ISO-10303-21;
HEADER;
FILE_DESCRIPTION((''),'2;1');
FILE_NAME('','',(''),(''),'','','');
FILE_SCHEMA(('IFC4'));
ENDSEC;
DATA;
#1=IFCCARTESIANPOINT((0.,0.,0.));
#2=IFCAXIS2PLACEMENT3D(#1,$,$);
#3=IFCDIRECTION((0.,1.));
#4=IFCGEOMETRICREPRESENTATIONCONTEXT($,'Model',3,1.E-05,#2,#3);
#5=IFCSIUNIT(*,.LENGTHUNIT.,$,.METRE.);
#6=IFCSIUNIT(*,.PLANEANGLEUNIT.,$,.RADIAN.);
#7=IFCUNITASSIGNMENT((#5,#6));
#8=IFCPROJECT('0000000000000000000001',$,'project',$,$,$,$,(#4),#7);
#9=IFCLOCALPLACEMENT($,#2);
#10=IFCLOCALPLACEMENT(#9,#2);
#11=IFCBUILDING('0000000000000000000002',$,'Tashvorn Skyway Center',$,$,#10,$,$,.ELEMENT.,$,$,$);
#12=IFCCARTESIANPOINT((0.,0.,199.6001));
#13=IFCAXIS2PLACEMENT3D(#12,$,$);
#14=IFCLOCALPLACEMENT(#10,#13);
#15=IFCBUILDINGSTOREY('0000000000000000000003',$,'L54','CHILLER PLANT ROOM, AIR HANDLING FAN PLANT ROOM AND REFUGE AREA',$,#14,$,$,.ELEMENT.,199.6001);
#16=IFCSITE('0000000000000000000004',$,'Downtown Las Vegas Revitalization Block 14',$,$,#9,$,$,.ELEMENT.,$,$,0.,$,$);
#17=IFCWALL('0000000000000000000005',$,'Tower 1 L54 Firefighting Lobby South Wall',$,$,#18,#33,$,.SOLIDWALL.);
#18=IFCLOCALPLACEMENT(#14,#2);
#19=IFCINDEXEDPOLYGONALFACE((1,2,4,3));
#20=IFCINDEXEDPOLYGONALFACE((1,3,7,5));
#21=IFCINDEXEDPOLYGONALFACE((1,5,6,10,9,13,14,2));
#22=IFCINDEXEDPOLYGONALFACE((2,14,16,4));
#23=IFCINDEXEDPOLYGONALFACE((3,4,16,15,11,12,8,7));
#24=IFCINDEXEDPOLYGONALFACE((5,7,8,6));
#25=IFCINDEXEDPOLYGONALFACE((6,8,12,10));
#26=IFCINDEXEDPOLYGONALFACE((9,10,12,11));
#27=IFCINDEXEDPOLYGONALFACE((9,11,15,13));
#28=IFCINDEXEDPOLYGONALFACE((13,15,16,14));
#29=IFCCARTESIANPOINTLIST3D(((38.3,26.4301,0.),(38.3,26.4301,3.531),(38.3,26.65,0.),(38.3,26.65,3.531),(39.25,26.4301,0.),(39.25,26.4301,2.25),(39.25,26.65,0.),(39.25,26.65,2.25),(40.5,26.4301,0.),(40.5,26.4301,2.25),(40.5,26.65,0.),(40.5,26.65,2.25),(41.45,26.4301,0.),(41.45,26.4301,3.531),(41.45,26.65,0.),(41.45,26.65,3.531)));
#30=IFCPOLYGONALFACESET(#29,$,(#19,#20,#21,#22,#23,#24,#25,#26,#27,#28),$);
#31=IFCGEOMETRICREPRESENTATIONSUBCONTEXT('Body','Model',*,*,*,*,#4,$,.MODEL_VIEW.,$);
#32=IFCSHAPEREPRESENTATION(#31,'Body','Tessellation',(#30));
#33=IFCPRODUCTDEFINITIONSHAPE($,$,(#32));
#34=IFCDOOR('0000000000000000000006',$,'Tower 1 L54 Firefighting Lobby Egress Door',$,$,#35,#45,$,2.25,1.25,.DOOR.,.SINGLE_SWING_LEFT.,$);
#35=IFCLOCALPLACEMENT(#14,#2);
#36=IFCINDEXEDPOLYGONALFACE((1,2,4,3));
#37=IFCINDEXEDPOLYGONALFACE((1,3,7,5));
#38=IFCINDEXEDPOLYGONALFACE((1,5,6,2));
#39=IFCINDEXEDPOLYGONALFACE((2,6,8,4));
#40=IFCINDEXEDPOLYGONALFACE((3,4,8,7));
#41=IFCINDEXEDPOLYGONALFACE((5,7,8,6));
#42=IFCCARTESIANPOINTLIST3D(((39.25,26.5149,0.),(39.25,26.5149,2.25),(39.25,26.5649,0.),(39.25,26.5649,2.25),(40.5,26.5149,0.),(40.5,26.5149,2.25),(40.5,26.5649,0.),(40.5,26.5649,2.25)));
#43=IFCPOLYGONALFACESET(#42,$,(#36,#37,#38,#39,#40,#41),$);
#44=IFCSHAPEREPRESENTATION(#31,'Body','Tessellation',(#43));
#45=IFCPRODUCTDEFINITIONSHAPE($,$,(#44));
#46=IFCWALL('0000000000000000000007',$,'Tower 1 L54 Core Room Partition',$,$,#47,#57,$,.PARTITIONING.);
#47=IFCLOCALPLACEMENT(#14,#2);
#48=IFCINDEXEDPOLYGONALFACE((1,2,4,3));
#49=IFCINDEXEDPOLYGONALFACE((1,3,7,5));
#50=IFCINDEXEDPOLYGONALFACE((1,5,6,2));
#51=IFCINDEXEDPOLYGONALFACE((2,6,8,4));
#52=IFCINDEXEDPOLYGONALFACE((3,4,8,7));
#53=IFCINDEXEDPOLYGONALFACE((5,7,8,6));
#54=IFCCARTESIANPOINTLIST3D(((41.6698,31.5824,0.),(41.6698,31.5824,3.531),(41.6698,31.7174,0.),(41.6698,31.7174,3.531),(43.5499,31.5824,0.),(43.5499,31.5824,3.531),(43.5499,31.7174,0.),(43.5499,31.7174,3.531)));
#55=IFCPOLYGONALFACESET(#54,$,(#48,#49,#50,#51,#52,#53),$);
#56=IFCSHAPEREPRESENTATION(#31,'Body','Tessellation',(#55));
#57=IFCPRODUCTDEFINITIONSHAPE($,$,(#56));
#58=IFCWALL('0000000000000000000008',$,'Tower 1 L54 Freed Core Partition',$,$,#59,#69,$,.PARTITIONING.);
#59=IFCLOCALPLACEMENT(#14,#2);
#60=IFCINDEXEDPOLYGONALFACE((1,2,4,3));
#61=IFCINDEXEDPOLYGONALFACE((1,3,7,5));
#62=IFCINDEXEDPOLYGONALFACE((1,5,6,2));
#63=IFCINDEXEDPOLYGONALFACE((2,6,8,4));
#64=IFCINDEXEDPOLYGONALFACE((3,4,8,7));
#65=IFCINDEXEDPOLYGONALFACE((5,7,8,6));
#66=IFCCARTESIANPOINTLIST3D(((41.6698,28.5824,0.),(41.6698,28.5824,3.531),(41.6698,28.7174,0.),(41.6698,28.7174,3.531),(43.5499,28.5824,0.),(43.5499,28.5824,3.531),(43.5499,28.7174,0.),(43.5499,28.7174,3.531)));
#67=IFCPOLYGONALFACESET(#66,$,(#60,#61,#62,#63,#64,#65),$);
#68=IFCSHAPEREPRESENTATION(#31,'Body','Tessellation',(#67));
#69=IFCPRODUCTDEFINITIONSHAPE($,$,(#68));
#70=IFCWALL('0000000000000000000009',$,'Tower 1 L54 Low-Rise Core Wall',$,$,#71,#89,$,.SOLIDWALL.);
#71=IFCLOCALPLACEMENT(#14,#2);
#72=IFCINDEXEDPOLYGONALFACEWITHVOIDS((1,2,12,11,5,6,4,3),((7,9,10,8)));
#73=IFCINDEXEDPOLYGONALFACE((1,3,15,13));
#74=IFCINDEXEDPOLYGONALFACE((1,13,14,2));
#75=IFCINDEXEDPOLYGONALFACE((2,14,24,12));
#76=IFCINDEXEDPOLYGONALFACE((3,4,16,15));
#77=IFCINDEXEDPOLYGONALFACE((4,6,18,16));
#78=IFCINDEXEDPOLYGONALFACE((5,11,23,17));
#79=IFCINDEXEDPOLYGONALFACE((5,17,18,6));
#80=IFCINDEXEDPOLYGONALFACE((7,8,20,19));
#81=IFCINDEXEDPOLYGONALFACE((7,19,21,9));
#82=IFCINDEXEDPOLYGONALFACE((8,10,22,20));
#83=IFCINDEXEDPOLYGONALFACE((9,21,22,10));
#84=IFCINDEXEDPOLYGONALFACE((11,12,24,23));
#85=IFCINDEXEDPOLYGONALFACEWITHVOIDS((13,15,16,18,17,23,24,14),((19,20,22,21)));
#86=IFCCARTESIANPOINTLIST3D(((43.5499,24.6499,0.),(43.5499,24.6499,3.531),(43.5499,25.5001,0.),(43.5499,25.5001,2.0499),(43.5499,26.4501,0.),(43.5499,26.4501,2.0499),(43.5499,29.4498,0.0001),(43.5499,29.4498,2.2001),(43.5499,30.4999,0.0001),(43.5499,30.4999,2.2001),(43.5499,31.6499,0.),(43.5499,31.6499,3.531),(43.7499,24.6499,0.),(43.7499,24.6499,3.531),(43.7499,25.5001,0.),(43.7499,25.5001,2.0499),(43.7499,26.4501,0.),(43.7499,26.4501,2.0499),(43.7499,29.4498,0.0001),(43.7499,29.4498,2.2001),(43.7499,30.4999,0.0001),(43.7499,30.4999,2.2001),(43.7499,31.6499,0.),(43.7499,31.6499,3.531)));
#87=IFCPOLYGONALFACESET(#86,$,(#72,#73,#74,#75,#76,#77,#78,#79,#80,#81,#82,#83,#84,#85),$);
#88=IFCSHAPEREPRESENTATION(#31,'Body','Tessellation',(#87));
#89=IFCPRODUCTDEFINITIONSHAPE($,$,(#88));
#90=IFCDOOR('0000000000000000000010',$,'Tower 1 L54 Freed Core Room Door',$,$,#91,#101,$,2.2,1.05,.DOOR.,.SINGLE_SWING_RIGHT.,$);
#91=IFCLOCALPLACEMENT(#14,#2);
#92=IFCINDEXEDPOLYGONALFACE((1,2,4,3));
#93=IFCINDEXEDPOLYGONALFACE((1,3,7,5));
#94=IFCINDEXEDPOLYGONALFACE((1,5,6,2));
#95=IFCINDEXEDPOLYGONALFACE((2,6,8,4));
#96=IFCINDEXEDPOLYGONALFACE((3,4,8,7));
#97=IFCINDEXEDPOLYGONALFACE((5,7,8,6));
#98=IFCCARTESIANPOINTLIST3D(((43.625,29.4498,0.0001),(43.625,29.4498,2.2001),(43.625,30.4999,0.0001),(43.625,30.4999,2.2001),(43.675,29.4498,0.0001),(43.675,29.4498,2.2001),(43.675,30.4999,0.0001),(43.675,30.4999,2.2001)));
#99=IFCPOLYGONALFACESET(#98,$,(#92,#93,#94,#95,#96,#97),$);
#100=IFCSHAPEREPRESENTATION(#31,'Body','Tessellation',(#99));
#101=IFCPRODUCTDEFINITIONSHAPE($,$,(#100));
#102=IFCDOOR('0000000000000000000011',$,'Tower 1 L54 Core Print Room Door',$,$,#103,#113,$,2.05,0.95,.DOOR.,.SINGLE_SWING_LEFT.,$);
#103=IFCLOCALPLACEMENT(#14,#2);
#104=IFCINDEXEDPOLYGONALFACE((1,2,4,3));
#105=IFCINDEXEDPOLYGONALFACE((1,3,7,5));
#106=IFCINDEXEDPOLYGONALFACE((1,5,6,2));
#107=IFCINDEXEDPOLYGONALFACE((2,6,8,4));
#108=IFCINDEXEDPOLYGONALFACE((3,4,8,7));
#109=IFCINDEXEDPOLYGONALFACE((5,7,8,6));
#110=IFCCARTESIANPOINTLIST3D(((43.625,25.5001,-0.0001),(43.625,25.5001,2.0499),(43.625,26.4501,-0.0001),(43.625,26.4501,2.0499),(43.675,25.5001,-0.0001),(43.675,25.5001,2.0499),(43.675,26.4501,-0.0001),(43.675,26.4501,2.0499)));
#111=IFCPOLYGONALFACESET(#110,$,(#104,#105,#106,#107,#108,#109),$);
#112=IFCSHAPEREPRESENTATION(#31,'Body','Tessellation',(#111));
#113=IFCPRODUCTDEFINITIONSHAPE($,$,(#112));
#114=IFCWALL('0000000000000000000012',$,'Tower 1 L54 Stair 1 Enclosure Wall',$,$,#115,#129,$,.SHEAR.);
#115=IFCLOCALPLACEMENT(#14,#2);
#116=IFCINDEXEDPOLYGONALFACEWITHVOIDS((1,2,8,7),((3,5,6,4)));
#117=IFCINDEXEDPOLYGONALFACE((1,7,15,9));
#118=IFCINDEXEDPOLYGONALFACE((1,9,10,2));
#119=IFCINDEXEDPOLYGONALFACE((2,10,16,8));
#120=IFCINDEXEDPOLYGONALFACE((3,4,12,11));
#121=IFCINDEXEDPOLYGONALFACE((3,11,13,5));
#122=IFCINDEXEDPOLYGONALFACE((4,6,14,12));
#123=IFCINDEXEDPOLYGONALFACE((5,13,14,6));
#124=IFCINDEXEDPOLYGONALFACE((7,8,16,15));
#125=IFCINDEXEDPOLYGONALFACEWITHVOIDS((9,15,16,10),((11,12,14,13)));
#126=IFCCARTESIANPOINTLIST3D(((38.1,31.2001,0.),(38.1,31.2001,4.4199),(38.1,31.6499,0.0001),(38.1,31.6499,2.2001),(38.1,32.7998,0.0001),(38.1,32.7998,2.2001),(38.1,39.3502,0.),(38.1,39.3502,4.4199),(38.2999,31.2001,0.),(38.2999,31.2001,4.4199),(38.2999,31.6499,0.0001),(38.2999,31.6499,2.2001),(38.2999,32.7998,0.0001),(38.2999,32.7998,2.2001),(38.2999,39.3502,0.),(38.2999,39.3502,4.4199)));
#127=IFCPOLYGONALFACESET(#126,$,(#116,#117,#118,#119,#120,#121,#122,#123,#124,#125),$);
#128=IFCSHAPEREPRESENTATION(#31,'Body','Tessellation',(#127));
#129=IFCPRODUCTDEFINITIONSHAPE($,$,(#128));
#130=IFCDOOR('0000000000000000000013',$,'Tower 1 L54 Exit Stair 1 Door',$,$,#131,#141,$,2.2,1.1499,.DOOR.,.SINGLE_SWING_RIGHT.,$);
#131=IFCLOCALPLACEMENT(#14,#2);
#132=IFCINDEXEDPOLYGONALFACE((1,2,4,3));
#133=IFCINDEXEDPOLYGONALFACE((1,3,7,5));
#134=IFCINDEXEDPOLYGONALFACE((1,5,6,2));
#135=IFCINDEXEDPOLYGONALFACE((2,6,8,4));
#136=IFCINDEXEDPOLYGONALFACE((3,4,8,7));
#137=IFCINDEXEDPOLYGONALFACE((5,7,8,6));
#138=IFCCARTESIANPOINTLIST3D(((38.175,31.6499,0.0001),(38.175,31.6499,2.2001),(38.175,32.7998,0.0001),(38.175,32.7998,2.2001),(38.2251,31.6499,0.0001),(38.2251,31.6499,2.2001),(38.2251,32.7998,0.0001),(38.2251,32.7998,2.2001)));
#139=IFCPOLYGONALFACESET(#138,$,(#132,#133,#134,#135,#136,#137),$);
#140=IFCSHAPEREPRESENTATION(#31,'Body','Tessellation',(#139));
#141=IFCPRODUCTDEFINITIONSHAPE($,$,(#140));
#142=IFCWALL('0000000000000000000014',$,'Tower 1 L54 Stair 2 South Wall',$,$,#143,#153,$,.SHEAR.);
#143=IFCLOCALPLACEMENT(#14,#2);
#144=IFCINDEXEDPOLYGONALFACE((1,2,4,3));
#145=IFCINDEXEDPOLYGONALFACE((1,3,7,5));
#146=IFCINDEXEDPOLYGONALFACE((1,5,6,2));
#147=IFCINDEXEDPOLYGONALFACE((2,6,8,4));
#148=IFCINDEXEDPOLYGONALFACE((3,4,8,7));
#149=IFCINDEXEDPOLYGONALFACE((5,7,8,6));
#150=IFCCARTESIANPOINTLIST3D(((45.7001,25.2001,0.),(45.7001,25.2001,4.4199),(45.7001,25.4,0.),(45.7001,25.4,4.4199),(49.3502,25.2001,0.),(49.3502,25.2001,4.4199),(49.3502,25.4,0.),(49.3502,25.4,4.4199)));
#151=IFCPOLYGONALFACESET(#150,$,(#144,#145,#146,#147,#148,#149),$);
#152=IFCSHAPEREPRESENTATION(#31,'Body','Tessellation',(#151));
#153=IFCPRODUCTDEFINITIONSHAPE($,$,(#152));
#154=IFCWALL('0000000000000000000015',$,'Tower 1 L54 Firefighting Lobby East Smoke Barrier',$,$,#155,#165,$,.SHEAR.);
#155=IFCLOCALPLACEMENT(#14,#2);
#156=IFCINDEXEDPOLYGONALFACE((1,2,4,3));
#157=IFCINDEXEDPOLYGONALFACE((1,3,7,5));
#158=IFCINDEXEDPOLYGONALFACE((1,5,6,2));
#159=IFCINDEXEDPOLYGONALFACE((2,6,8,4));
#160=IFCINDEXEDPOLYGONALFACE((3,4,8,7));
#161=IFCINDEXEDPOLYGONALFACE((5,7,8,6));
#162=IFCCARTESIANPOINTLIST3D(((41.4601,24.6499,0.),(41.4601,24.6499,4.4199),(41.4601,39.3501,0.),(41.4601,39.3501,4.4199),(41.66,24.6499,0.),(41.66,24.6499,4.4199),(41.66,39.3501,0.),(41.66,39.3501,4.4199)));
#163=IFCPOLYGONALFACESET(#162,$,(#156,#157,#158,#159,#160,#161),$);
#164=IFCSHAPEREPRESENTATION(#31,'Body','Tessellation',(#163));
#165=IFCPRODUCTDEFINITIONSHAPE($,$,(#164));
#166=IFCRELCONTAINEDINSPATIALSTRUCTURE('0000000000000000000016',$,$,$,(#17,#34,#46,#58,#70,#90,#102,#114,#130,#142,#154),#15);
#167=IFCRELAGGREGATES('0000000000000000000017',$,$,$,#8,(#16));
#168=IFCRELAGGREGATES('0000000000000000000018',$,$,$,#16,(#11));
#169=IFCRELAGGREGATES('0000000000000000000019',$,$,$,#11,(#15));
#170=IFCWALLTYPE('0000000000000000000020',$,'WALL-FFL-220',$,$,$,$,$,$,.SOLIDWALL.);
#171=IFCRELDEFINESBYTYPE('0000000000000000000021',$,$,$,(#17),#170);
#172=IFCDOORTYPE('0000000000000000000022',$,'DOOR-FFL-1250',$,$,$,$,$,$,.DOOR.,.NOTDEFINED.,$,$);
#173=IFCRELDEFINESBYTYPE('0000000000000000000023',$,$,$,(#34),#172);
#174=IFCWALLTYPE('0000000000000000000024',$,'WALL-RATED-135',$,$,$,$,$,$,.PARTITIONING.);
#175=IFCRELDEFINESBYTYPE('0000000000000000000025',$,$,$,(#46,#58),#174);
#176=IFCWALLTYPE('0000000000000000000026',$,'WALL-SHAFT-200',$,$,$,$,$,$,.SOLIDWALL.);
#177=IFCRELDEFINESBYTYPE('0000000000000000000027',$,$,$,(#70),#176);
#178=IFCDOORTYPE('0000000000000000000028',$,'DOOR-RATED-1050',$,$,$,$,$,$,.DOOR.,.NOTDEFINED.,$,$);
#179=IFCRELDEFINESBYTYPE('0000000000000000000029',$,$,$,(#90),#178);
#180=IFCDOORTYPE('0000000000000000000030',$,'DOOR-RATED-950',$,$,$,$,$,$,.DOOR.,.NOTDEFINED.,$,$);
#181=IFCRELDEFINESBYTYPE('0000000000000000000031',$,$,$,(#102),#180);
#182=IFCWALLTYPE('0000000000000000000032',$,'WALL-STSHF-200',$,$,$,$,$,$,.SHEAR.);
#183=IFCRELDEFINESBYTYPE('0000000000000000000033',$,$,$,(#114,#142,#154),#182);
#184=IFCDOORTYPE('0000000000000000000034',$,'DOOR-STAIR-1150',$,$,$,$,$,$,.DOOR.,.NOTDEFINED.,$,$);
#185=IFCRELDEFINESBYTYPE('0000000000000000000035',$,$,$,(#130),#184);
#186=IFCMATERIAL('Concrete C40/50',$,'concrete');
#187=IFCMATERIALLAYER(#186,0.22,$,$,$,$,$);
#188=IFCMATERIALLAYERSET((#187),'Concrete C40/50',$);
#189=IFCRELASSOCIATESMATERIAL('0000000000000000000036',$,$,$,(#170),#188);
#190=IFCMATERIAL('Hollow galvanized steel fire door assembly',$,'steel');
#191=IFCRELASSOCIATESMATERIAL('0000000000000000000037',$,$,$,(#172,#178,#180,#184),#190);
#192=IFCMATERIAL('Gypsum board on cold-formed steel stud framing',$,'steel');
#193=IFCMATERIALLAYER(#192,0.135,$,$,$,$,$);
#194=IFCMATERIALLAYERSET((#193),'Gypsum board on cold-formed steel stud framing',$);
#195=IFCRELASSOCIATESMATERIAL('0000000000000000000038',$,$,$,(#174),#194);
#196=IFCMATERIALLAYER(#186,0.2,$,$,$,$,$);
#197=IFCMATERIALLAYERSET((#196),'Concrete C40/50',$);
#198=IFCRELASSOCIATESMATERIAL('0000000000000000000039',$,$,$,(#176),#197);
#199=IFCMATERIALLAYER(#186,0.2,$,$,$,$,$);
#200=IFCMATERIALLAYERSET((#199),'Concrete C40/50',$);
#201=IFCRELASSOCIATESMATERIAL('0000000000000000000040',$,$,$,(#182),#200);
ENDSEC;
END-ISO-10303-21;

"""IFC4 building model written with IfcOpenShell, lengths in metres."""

from ifc_helpers import new_model, si_unit, direction, frame, frame_2d, origin, place, context, subcontext, project, spatial, rectangle, extrude, material, layer, layer_set, type_object, element, fill, save


model = new_model("IFC4")

# Units and contexts
model_context = context("Model", 3, precision=1e-05, world=origin(), true_north=direction((0.0, 1.0)))
body_context = subcontext(model_context, "Body", "Model", "MODEL_VIEW")
ifc_project = project(units=[si_unit("LENGTHUNIT", "METRE"), si_unit("PLANEANGLEUNIT", "RADIAN")], contexts=[model_context])

# Site, building, storey
site_placement = place(None, origin())
site = spatial("IfcSite", under=ifc_project, at=site_placement, Name="Downtown Las Vegas Revitalization Block 14", CompositionType="ELEMENT", RefElevation=0.0)
building_placement = place(site_placement, origin())
building = spatial("IfcBuilding", under=site, at=building_placement, Name="Tashvorn Skyway Center", CompositionType="ELEMENT")
storey_placement = place(building_placement, frame((0.0, 0.0, 199.6001)))
storey = spatial("IfcBuildingStorey", under=building, at=storey_placement, Name="L54", Description="CHILLER PLANT ROOM, AIR HANDLING FAN PLANT ROOM AND REFUGE AREA", CompositionType="ELEMENT", Elevation=199.6001)

# Wall, opening, door
ifc_material_1 = material(Name="Concrete C40/50", Category="concrete")
ifc_layer_1 = layer(ifc_material_1, 0.22)
ifc_layer_set_1 = layer_set([ifc_layer_1], Name="Concrete C40/50")
wall_type_1 = type_object("IfcWallType", Name="WALL-FFL-220", PredefinedType="SOLIDWALL", material=ifc_layer_set_1)
wall_1_placement = place(storey_placement, frame((38.3, 26.54, 0.0), z_axis=(0.0, 0.0, 1.0), x_axis=(1.0, 0.0, 0.0)))
wall_1 = element("IfcWall", 1, at=wall_1_placement, inside=storey, type_object=wall_type_1, Name="Tower 1 L54 Firefighting Lobby South Wall", PredefinedType="SOLIDWALL", context=body_context, shape_type="SweptSolid", body=[
    extrude(rectangle(XDim=3.1499, YDim=0.22, at=frame_2d((1.575, 0.0))), origin(), (0.0, 0.0, 1.0), 3.531),
])
opening_1_placement = place(wall_1_placement, frame((0.95, 0.0, 0.0)))
opening_1 = element("IfcOpeningElement", 2, at=opening_1_placement, cuts=wall_1, PredefinedType="OPENING", context=body_context, shape_type="SweptSolid", body=[
    extrude(rectangle(XDim=1.25, YDim=2.25, at=frame_2d((0.625, 1.125))), frame((0.0, 0.1199, 0.0), z_axis=(0.0, -1.0, 0.0), x_axis=(1.0, 0.0, 0.0)), (0.0, 0.0, 1.0), 0.24),
])
ifc_material_2 = material(Name="Hollow galvanized steel fire door assembly", Category="steel")
door_type_1 = type_object("IfcDoorType", Name="DOOR-FFL-1250", OperationType="NOTDEFINED", PredefinedType="DOOR", material=ifc_material_2)
door_1_placement = place(opening_1_placement, origin())
door_1 = element("IfcDoor", 3, at=door_1_placement, inside=storey, type_object=door_type_1, Name="Tower 1 L54 Firefighting Lobby Egress Door", OperationType="SINGLE_SWING_LEFT", OverallHeight=2.25, OverallWidth=1.25, PredefinedType="DOOR", context=body_context, shape_type="SweptSolid", body=[
    extrude(rectangle(XDim=1.25, YDim=2.25, at=frame_2d((0.625, 1.125))), frame((0.0, 0.0249, 0.0), z_axis=(0.0, -1.0, 0.0), x_axis=(1.0, 0.0, 0.0)), (0.0, 0.0, 1.0), 0.05),
])
fill(opening_1, door_1)

# Walls
ifc_material_3 = material(Name="Gypsum board on cold-formed steel stud framing", Category="steel")
ifc_layer_2 = layer(ifc_material_3, 0.135)
ifc_layer_set_2 = layer_set([ifc_layer_2], Name="Gypsum board on cold-formed steel stud framing")
wall_type_2 = type_object("IfcWallType", Name="WALL-RATED-135", PredefinedType="PARTITIONING", material=ifc_layer_set_2)
for number, where, z_axis, x_axis, name in (
    (4, (41.6699, 31.6499, 0.0), (0.0, 0.0, 1.0), (1.0, 0.0, 0.0), "Tower 1 L54 Core Room Partition"),
    (5, (41.6699, 28.6499, 0.0), (0.0, 0.0, 1.0), (1.0, 0.0, 0.0), "Tower 1 L54 Freed Core Partition"),
):
    element("IfcWall", number, at=place(storey_placement, frame(where, z_axis=z_axis, x_axis=x_axis)), inside=storey, type_object=wall_type_2, Name=name, PredefinedType="PARTITIONING", context=body_context, shape_type="SweptSolid", body=[
        extrude(rectangle(XDim=1.8801, YDim=0.135, at=frame_2d((0.9399, 0.0))), origin(), (0.0, 0.0, 1.0), 3.531),
    ])

# Wall, openings, doors
ifc_layer_3 = layer(ifc_material_1, 0.2)
ifc_layer_set_3 = layer_set([ifc_layer_3], Name="Concrete C40/50")
wall_type_3 = type_object("IfcWallType", Name="WALL-SHAFT-200", PredefinedType="SOLIDWALL", material=ifc_layer_set_3)
wall_2_placement = place(storey_placement, frame((43.6499, 24.6499, 0.0), z_axis=(0.0, 0.0, 1.0), x_axis=(0.0, 1.0, 0.0)))
wall_2 = element("IfcWall", 6, at=wall_2_placement, inside=storey, type_object=wall_type_3, Name="Tower 1 L54 Low-Rise Core Wall", PredefinedType="SOLIDWALL", context=body_context, shape_type="SweptSolid", body=[
    extrude(rectangle(XDim=7.0, YDim=0.2, at=frame_2d((3.5, 0.0))), origin(), (0.0, 0.0, 1.0), 3.531),
])
opening_2_placement = place(wall_2_placement, frame((0.8501, 0.0, 0.0)))
opening_2 = element("IfcOpeningElement", 7, at=opening_2_placement, cuts=wall_2, PredefinedType="OPENING", context=body_context, shape_type="SweptSolid", body=[
    extrude(rectangle(XDim=0.95, YDim=2.05, at=frame_2d((0.4751, 1.0249))), frame((0.0, 0.1099, 0.0), z_axis=(0.0, -1.0, 0.0), x_axis=(1.0, 0.0, 0.0)), (0.0, 0.0, 1.0), 0.22),
])
opening_3_placement = place(wall_2_placement, frame((4.8, 0.0, 0.0)))
opening_3 = element("IfcOpeningElement", 8, at=opening_3_placement, cuts=wall_2, PredefinedType="OPENING", context=body_context, shape_type="SweptSolid", body=[
    extrude(rectangle(XDim=1.05, YDim=2.2, at=frame_2d((0.5249, 1.1001))), frame((0.0, 0.1099, 0.0), z_axis=(0.0, -1.0, 0.0), x_axis=(1.0, 0.0, 0.0)), (0.0, 0.0, 1.0), 0.22),
])
door_type_2 = type_object("IfcDoorType", Name="DOOR-RATED-1050", OperationType="NOTDEFINED", PredefinedType="DOOR", material=ifc_material_2)
door_2_placement = place(opening_3_placement, origin())
door_2 = element("IfcDoor", 9, at=door_2_placement, inside=storey, type_object=door_type_2, Name="Tower 1 L54 Freed Core Room Door", OperationType="SINGLE_SWING_RIGHT", OverallHeight=2.2, OverallWidth=1.05, PredefinedType="DOOR", context=body_context, shape_type="SweptSolid", body=[
    extrude(rectangle(XDim=1.05, YDim=2.2, at=frame_2d((0.5249, 1.1001))), frame((0.0, 0.0249, 0.0), z_axis=(0.0, -1.0, 0.0), x_axis=(1.0, 0.0, 0.0)), (0.0, 0.0, 1.0), 0.05),
])
fill(opening_3, door_2)
door_type_3 = type_object("IfcDoorType", Name="DOOR-RATED-950", OperationType="NOTDEFINED", PredefinedType="DOOR", material=ifc_material_2)
door_3_placement = place(opening_2_placement, origin())
door_3 = element("IfcDoor", 10, at=door_3_placement, inside=storey, type_object=door_type_3, Name="Tower 1 L54 Core Print Room Door", OperationType="SINGLE_SWING_LEFT", OverallHeight=2.05, OverallWidth=0.95, PredefinedType="DOOR", context=body_context, shape_type="SweptSolid", body=[
    extrude(rectangle(XDim=0.95, YDim=2.05, at=frame_2d((0.4751, 1.0249))), frame((0.0, 0.0249, 0.0), z_axis=(0.0, -1.0, 0.0), x_axis=(1.0, 0.0, 0.0)), (0.0, 0.0, 1.0), 0.05),
])
fill(opening_2, door_3)

# Wall, opening, door
ifc_layer_4 = layer(ifc_material_1, 0.2)
ifc_layer_set_4 = layer_set([ifc_layer_4], Name="Concrete C40/50")
wall_type_4 = type_object("IfcWallType", Name="WALL-STSHF-200", PredefinedType="SHEAR", material=ifc_layer_set_4)
wall_3_placement = place(storey_placement, frame((38.2, 31.2, 0.0), z_axis=(0.0, 0.0, 1.0), x_axis=(0.0, 1.0, 0.0)))
wall_3 = element("IfcWall", 11, at=wall_3_placement, inside=storey, type_object=wall_type_4, Name="Tower 1 L54 Stair 1 Enclosure Wall", PredefinedType="SHEAR", context=body_context, shape_type="SweptSolid", body=[
    extrude(rectangle(XDim=8.1501, YDim=0.2, at=frame_2d((4.0752, 0.0))), origin(), (0.0, 0.0, 1.0), 4.4199),
])
opening_4_placement = place(wall_3_placement, frame((0.45, 0.0, 0.0)))
opening_4 = element("IfcOpeningElement", 12, at=opening_4_placement, cuts=wall_3, PredefinedType="OPENING", context=body_context, shape_type="SweptSolid", body=[
    extrude(rectangle(XDim=1.1499, YDim=2.2, at=frame_2d((0.575, 1.1001))), frame((0.0, 0.1099, 0.0), z_axis=(0.0, -1.0, 0.0), x_axis=(1.0, 0.0, 0.0)), (0.0, 0.0, 1.0), 0.22),
])
door_type_4 = type_object("IfcDoorType", Name="DOOR-STAIR-1150", OperationType="NOTDEFINED", PredefinedType="DOOR", material=ifc_material_2)
door_4_placement = place(opening_4_placement, origin())
door_4 = element("IfcDoor", 13, at=door_4_placement, inside=storey, type_object=door_type_4, Name="Tower 1 L54 Exit Stair 1 Door", OperationType="SINGLE_SWING_RIGHT", OverallHeight=2.2, OverallWidth=1.1499, PredefinedType="DOOR", context=body_context, shape_type="SweptSolid", body=[
    extrude(rectangle(XDim=1.1499, YDim=2.2, at=frame_2d((0.575, 1.1001))), frame((0.0, 0.0249, 0.0), z_axis=(0.0, -1.0, 0.0), x_axis=(1.0, 0.0, 0.0)), (0.0, 0.0, 1.0), 0.05),
])
fill(opening_4, door_4)

# Walls
wall_4_placement = place(storey_placement, frame((45.7, 25.3, 0.0), z_axis=(0.0, 0.0, 1.0), x_axis=(1.0, 0.0, 0.0)))
element("IfcWall", 14, at=wall_4_placement, inside=storey, type_object=wall_type_4, Name="Tower 1 L54 Stair 2 South Wall", PredefinedType="SHEAR", context=body_context, shape_type="SweptSolid", body=[
    extrude(rectangle(XDim=3.6501, YDim=0.2, at=frame_2d((1.8252, 0.0))), origin(), (0.0, 0.0, 1.0), 4.4199),
])
wall_5_placement = place(storey_placement, frame((41.5601, 24.6499, 0.0), z_axis=(0.0, 0.0, 1.0), x_axis=(0.0, 1.0, 0.0)))
element("IfcWall", 15, at=wall_5_placement, inside=storey, type_object=wall_type_4, Name="Tower 1 L54 Firefighting Lobby East Smoke Barrier", PredefinedType="SHEAR", context=body_context, shape_type="SweptSolid", body=[
    extrude(rectangle(XDim=14.7002, YDim=0.2, at=frame_2d((7.3501, 0.0))), origin(), (0.0, 0.0, 1.0), 4.4199),
])

save(model, "model.ifc")
